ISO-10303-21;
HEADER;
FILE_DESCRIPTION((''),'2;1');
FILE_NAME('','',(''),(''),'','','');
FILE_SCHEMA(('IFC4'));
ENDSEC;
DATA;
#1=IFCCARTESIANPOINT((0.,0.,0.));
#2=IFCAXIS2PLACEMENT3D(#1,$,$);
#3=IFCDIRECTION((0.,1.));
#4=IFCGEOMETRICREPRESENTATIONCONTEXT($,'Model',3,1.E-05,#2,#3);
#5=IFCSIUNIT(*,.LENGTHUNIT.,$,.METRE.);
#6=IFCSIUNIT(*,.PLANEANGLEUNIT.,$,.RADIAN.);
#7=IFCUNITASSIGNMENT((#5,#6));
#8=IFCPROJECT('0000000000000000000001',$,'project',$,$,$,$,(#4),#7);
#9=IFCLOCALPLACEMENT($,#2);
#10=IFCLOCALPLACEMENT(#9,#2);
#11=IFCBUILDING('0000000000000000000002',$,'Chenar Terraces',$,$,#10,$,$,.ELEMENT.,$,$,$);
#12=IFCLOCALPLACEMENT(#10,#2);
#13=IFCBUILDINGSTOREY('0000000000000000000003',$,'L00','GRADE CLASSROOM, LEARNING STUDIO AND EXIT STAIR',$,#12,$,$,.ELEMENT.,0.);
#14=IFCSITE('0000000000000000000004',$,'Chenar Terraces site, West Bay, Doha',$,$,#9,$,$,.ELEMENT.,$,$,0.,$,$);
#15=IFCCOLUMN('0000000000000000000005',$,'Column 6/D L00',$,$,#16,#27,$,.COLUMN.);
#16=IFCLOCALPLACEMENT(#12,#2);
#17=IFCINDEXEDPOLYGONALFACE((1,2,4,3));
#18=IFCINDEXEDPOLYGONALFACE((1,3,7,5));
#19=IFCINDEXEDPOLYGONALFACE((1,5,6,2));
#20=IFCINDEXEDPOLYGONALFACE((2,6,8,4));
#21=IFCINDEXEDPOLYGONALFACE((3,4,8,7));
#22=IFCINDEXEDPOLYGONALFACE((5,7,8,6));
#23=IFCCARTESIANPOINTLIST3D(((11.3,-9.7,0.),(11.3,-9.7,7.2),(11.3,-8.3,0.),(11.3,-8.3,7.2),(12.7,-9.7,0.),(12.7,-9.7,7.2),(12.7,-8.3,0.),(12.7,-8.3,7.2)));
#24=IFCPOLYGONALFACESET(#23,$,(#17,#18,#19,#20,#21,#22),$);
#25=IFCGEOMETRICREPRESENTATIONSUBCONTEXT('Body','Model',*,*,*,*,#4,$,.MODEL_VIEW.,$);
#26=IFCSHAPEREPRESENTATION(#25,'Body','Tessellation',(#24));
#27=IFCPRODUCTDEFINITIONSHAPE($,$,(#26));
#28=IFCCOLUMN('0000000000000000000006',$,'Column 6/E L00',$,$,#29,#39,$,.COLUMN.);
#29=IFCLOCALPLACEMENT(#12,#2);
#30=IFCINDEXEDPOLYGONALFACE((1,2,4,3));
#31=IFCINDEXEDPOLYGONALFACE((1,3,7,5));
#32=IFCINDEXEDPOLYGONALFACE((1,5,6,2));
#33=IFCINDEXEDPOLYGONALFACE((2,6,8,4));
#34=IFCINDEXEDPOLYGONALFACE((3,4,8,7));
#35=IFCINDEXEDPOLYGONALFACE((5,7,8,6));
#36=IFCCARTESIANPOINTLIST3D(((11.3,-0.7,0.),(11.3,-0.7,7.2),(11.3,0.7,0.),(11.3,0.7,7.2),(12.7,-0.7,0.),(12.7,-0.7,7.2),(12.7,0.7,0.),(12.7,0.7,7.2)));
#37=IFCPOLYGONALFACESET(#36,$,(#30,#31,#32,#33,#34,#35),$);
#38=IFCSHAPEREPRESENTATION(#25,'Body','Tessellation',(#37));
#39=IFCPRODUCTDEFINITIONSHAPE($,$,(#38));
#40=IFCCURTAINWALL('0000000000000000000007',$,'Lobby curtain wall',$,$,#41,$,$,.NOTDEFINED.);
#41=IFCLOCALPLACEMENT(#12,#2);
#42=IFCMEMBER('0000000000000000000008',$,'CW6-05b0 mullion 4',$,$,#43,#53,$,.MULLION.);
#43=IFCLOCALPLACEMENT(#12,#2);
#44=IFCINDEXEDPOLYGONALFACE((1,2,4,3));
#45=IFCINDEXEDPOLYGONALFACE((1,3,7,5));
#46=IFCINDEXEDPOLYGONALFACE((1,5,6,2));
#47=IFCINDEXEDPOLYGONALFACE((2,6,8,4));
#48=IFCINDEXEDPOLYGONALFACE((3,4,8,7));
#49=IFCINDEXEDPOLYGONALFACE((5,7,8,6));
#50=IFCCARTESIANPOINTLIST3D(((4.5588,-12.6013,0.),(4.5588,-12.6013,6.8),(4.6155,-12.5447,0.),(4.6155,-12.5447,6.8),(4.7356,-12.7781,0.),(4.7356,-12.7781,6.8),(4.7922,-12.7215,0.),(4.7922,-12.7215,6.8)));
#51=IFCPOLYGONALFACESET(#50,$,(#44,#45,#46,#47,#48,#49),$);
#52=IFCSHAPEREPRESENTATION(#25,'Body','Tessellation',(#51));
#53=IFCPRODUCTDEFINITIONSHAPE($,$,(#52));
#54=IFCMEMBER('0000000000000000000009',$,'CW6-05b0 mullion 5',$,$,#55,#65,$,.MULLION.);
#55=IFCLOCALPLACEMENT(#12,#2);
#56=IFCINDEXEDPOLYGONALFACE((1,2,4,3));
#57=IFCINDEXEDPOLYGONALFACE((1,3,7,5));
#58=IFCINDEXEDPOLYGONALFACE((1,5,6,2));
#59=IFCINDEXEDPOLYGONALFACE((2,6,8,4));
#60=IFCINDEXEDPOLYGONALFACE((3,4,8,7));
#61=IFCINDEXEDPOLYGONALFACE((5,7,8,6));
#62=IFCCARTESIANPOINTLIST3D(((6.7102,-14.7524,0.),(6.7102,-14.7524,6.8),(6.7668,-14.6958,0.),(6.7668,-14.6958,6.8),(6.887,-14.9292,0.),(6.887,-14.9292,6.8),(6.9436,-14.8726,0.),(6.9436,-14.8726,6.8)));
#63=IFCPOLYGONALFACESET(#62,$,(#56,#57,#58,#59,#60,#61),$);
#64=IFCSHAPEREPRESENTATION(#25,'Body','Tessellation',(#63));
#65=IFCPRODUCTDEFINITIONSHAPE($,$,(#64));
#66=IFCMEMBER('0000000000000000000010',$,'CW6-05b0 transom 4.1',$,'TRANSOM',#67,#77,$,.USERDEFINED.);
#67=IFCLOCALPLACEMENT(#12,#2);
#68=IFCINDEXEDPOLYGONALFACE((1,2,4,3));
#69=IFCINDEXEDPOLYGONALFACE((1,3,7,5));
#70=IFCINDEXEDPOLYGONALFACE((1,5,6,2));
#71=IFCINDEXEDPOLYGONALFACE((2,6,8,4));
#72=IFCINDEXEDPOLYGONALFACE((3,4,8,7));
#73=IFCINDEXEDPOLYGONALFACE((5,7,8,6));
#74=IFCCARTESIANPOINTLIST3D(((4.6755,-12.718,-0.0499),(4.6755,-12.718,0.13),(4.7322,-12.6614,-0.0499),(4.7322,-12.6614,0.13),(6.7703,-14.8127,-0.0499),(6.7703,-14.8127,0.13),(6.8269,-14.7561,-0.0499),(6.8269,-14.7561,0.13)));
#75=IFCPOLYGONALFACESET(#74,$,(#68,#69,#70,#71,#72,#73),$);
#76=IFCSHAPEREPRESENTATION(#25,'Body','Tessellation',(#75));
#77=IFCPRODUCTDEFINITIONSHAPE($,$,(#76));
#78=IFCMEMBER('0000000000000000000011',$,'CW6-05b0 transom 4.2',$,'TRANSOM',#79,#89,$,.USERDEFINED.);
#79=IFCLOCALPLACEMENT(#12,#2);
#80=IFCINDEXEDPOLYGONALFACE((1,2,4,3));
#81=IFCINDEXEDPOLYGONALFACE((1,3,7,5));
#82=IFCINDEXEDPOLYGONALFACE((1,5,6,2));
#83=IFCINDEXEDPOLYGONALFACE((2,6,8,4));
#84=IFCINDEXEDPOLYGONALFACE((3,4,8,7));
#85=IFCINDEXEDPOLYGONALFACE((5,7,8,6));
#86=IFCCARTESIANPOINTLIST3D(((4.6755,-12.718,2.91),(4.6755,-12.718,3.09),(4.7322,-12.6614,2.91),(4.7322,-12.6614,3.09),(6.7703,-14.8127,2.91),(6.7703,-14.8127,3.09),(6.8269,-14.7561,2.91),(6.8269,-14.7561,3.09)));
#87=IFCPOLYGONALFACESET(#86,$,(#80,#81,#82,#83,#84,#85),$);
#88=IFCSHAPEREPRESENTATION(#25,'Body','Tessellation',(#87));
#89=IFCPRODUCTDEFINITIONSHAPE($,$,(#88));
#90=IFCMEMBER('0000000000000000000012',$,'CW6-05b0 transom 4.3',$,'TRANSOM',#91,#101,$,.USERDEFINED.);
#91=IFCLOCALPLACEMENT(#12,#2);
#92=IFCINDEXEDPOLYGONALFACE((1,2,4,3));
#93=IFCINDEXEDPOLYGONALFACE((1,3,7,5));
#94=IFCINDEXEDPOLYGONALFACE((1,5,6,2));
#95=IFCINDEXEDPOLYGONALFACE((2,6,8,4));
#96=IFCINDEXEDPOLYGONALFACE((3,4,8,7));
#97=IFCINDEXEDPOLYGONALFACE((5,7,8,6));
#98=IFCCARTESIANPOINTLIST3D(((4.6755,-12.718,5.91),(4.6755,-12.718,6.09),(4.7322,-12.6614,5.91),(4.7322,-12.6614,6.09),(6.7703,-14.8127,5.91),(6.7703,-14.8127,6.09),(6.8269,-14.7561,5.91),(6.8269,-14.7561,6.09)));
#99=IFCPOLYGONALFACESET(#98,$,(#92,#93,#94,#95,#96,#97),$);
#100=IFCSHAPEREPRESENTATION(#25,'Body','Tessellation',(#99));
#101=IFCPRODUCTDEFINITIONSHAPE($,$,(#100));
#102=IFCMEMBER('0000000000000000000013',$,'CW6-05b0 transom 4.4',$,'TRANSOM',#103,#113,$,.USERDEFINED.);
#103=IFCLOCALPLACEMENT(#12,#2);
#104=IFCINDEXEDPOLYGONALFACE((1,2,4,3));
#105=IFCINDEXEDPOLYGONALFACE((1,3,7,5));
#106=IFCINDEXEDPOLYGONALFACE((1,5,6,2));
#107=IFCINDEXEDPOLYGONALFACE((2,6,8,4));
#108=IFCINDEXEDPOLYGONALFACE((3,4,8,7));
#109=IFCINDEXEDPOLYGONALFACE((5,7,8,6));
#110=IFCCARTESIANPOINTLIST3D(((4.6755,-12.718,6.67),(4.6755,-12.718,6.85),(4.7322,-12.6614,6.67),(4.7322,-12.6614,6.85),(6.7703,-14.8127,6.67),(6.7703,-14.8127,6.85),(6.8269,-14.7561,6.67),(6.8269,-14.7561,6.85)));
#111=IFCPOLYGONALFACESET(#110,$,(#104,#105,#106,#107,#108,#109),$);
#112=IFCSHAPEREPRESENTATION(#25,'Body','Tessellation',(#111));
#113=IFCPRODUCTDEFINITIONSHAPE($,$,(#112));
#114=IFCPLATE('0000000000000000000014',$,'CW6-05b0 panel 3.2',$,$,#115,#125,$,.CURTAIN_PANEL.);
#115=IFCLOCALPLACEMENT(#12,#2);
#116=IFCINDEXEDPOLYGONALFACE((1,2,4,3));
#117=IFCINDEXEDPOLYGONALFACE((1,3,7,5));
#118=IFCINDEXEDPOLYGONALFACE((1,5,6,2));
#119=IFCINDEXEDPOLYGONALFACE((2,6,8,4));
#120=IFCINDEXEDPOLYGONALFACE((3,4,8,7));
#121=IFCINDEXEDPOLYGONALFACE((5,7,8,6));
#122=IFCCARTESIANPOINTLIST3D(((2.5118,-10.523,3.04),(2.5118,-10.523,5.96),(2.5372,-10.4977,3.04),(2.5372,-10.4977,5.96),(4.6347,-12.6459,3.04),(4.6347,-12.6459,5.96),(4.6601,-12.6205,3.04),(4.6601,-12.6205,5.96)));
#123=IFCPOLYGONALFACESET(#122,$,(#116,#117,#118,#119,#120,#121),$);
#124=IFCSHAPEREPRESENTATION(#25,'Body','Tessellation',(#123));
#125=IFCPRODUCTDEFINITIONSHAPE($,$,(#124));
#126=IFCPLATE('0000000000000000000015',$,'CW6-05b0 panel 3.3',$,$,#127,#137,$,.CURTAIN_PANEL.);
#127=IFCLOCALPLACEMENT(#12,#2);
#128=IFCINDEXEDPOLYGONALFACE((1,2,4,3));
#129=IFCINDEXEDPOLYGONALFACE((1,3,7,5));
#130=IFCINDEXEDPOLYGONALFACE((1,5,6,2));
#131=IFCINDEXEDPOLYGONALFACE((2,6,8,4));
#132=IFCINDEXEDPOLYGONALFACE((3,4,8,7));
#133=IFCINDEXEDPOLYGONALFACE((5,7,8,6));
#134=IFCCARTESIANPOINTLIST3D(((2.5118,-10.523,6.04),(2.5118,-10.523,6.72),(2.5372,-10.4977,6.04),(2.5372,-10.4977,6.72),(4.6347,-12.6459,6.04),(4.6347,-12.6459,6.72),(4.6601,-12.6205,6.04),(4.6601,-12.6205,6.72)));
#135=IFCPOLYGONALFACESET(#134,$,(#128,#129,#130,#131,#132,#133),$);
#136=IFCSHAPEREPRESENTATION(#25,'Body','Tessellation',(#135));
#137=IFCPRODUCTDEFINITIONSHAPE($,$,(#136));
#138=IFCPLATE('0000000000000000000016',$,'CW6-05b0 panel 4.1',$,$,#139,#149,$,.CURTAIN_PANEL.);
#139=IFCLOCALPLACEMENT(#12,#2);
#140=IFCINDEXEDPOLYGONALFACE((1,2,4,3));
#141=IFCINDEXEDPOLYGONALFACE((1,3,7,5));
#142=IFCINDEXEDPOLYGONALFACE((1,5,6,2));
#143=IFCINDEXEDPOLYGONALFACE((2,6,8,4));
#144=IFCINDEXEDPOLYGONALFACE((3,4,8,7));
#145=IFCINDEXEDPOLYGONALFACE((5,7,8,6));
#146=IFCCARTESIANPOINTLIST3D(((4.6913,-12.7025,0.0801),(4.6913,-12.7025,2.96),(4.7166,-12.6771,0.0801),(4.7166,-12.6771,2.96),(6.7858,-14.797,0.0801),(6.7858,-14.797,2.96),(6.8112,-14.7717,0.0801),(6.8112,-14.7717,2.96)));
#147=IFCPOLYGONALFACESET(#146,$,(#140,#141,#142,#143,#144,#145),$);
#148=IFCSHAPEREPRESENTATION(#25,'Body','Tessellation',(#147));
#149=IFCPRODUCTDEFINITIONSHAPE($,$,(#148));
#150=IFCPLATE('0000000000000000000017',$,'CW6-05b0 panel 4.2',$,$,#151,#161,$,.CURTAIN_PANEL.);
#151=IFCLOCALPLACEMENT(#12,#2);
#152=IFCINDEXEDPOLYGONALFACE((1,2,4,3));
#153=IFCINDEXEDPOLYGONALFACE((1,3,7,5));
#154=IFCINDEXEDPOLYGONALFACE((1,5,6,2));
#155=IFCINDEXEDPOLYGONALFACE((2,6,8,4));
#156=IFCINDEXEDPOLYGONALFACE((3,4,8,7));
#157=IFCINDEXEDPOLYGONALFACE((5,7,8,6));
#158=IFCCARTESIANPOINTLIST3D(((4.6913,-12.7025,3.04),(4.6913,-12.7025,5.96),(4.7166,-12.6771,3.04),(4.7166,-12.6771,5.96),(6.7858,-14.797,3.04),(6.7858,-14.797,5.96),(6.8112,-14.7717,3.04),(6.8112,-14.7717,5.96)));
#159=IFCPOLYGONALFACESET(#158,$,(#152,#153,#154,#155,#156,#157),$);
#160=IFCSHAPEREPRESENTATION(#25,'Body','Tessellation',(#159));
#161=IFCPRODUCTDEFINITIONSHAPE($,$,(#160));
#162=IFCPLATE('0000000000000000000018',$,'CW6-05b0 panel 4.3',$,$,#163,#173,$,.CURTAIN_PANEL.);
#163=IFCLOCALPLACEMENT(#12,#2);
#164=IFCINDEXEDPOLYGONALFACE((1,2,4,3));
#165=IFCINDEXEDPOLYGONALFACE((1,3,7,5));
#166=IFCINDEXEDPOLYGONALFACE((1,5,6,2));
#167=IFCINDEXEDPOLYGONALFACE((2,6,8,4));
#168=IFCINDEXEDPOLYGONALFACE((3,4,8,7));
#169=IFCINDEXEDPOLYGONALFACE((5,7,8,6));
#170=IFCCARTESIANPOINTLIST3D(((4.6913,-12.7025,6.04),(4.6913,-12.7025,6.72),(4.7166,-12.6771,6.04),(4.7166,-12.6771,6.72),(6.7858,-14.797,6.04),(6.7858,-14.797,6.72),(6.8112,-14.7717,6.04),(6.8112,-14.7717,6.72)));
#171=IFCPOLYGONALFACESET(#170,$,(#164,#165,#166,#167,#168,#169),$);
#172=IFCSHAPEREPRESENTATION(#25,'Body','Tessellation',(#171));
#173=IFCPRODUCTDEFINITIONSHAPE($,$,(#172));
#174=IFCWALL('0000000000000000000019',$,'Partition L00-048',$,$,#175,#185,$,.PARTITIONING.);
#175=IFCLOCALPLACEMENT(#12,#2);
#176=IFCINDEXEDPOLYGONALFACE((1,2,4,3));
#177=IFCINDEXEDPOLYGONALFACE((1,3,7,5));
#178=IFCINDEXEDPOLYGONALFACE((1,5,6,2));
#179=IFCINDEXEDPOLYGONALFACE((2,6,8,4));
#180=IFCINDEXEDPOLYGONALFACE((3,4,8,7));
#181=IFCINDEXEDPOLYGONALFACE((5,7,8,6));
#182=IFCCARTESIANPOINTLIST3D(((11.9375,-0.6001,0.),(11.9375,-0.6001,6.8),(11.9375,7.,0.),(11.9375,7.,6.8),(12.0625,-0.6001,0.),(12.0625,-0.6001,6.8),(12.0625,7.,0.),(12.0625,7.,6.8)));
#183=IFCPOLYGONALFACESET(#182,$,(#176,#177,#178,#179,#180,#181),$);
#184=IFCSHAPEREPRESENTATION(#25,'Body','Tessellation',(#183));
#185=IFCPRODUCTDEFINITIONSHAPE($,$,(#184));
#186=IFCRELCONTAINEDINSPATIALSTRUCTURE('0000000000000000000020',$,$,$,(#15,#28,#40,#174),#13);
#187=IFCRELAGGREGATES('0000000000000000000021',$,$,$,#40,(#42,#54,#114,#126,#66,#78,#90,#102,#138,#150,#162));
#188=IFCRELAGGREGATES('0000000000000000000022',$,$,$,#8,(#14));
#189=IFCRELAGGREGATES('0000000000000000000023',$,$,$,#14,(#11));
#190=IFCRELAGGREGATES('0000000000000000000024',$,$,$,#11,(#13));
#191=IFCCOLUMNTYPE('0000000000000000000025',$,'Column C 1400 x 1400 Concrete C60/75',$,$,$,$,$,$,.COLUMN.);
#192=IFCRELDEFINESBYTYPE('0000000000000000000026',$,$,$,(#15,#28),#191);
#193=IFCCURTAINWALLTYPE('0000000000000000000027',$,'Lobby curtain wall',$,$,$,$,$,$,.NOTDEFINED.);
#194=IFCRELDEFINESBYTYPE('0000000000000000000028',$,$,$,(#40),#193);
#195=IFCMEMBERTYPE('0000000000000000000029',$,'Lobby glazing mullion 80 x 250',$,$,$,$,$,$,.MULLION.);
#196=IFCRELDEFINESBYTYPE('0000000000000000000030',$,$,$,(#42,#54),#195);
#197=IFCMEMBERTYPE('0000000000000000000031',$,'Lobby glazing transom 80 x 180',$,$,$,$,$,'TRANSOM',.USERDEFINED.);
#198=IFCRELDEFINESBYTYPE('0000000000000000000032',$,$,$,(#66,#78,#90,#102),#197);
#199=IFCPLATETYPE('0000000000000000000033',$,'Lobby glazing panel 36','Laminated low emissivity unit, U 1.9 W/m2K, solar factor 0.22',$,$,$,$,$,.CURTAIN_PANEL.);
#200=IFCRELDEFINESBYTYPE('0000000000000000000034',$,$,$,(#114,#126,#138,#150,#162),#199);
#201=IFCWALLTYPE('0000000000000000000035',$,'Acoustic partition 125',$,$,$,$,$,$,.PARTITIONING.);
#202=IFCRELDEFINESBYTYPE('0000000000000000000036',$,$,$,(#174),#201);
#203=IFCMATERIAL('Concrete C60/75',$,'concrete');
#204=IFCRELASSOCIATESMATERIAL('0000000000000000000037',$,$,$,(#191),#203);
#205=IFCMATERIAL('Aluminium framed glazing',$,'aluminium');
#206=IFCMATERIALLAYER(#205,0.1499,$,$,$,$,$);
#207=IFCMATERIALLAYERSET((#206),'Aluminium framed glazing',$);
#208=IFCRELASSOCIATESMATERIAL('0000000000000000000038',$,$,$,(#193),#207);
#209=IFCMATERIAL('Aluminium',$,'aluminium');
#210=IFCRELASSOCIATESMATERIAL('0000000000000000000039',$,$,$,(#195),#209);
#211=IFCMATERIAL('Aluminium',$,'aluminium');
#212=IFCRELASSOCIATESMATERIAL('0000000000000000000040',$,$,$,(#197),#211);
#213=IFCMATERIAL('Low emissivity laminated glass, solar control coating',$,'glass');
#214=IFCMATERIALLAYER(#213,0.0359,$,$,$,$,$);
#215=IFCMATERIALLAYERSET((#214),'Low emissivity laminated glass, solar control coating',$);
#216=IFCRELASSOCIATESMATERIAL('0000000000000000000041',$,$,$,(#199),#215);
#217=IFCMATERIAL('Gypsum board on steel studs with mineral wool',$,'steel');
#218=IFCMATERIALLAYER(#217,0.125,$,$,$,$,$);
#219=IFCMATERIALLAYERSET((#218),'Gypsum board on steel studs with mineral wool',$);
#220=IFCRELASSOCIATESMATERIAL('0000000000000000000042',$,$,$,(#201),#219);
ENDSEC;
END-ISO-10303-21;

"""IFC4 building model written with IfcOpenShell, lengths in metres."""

from ifc_helpers import new_model, si_unit, direction, frame, frame_2d, origin, origin_2d, place, context, subcontext, project, spatial, rectangle, extrude, material, layer, layer_set, material_profile, profile_set, type_object, element, aggregate, save


model = new_model("IFC4")

# Units and contexts
model_context = context("Model", 3, precision=1e-05, world=origin(), true_north=direction((0.0, 1.0)))
body_context = subcontext(model_context, "Body", "Model", "MODEL_VIEW")
ifc_project = project(units=[si_unit("LENGTHUNIT", "METRE"), si_unit("PLANEANGLEUNIT", "RADIAN")], contexts=[model_context])

# Site, building, storey
site_placement = place(None, origin())
site = spatial("IfcSite", under=ifc_project, at=site_placement, Name="Chenar Terraces site, West Bay, Doha", CompositionType="ELEMENT", RefElevation=0.0)
building_placement = place(site_placement, origin())
building = spatial("IfcBuilding", under=site, at=building_placement, Name="Chenar Terraces", CompositionType="ELEMENT")
storey_placement = place(building_placement, origin())
storey = spatial("IfcBuildingStorey", under=building, at=storey_placement, Name="L00", Description="GRADE CLASSROOM, LEARNING STUDIO AND EXIT STAIR", CompositionType="ELEMENT", Elevation=0.0)

# Columns
ifc_material_1 = material(Name="Concrete C60/75", Category="concrete")
ifc_material_profile_1 = material_profile(ifc_material_1, rectangle(XDim=1.3999, YDim=1.3999, at=origin_2d()), Name="C 1400 x 1400")
ifc_profile_set_1 = profile_set([ifc_material_profile_1], Name="Concrete C60/75")
column_type = type_object("IfcColumnType", Name="Column C 1400 x 1400 Concrete C60/75", PredefinedType="COLUMN", material=ifc_profile_set_1)
for number, where, z_axis, x_axis, name in (
    (1, (12.0, -9.0, 0.0), (0.0, 0.0, 1.0), (1.0, 0.0, 0.0), "Column 6/D L00"),
    (2, (12.0, 0.0, 0.0), (0.0, 0.0, 1.0), (1.0, 0.0, 0.0), "Column 6/E L00"),
):
    element("IfcColumn", number, at=place(storey_placement, frame(where, z_axis=z_axis, x_axis=x_axis)), inside=storey, type_object=column_type, Name=name, PredefinedType="COLUMN", context=body_context, shape_type="SweptSolid", body=[
        extrude(rectangle(XDim=1.3999, YDim=1.3999, at=origin_2d()), origin(), (0.0, 0.0, 1.0), 7.2),
    ])

# Curtain wall, members, plates
ifc_material_2 = material(Name="Aluminium framed glazing", Category="aluminium")
ifc_layer_1 = layer(ifc_material_2, 0.1499)
ifc_layer_set_1 = layer_set([ifc_layer_1], Name="Aluminium framed glazing")
curtain_wall_type = type_object("IfcCurtainWallType", Name="Lobby curtain wall", PredefinedType="NOTDEFINED", material=ifc_layer_set_1)
curtain_wall_placement = place(storey_placement, origin())
curtain_wall = element("IfcCurtainWall", 3, at=curtain_wall_placement, inside=storey, type_object=curtain_wall_type, Name="Lobby curtain wall", PredefinedType="NOTDEFINED")
ifc_material_3 = material(Name="Aluminium", Category="aluminium")
ifc_material_profile_2 = material_profile(ifc_material_3, rectangle(XDim=0.0801, YDim=0.25, at=origin_2d()), Name="Lobby glazing mullion 80 x 250")
ifc_profile_set_2 = profile_set([ifc_material_profile_2], Name="Aluminium")
member_type_1 = type_object("IfcMemberType", Name="Lobby glazing mullion 80 x 250", PredefinedType="MULLION", material=ifc_profile_set_2)
member_1_placement = place(storey_placement, frame((4.6755, -12.6614, 0.0), z_axis=(0.0, 0.0, 1.0), x_axis=(0.707107, 0.707107, 0.0)))
member_1 = element("IfcMember", 4, at=member_1_placement, type_object=member_type_1, Name="CW6-05b0 mullion 4", PredefinedType="MULLION", context=body_context, shape_type="SweptSolid", body=[
    extrude(rectangle(XDim=0.0801, YDim=0.25, at=origin_2d()), origin(), (0.0, 0.0, 1.0), 6.8),
])
member_2_placement = place(storey_placement, frame((6.8269, -14.8125, 0.0), z_axis=(0.0, 0.0, 1.0), x_axis=(0.707107, 0.707107, 0.0)))
member_2 = element("IfcMember", 5, at=member_2_placement, type_object=member_type_1, Name="CW6-05b0 mullion 5", PredefinedType="MULLION", context=body_context, shape_type="SweptSolid", body=[
    extrude(rectangle(XDim=0.0801, YDim=0.25, at=origin_2d()), origin(), (0.0, 0.0, 1.0), 6.8),
])
ifc_material_4 = material(Name="Aluminium", Category="aluminium")
ifc_material_profile_3 = material_profile(ifc_material_4, rectangle(XDim=0.0801, YDim=0.1799, at=origin_2d()), Name="Lobby glazing transom 80 x 180")
ifc_profile_set_3 = profile_set([ifc_material_profile_3], Name="Aluminium")
member_type_2 = type_object("IfcMemberType", Name="Lobby glazing transom 80 x 180", ElementType="TRANSOM", PredefinedType="USERDEFINED", material=ifc_profile_set_3)
member_3_placement = place(storey_placement, frame((4.7039, -12.6897, 0.04), z_axis=(0.707107, -0.707107, 0.0), x_axis=(0.707107, 0.707107, 0.0)))
member_3 = element("IfcMember", 6, at=member_3_placement, type_object=member_type_2, Name="CW6-05b0 transom 4.1", ObjectType="TRANSOM", PredefinedType="USERDEFINED", context=body_context, shape_type="SweptSolid", body=[
    extrude(rectangle(XDim=0.0801, YDim=0.1799, at=origin_2d()), origin(), (0.0, 0.0, 1.0), 2.9624),
])
member_4_placement = place(storey_placement, frame((4.7039, -12.6897, 3.0), z_axis=(0.707107, -0.707107, 0.0), x_axis=(0.707107, 0.707107, 0.0)))
member_4 = element("IfcMember", 7, at=member_4_placement, type_object=member_type_2, Name="CW6-05b0 transom 4.2", ObjectType="TRANSOM", PredefinedType="USERDEFINED", context=body_context, shape_type="SweptSolid", body=[
    extrude(rectangle(XDim=0.0801, YDim=0.1799, at=origin_2d()), origin(), (0.0, 0.0, 1.0), 2.9624),
])
member_5_placement = place(storey_placement, frame((4.7039, -12.6897, 6.0), z_axis=(0.707107, -0.707107, 0.0), x_axis=(0.707107, 0.707107, 0.0)))
member_5 = element("IfcMember", 8, at=member_5_placement, type_object=member_type_2, Name="CW6-05b0 transom 4.3", ObjectType="TRANSOM", PredefinedType="USERDEFINED", context=body_context, shape_type="SweptSolid", body=[
    extrude(rectangle(XDim=0.0801, YDim=0.1799, at=origin_2d()), origin(), (0.0, 0.0, 1.0), 2.9624),
])
member_6_placement = place(storey_placement, frame((4.7039, -12.6897, 6.76), z_axis=(0.707107, -0.707107, 0.0), x_axis=(0.707107, 0.707107, 0.0)))
member_6 = element("IfcMember", 9, at=member_6_placement, type_object=member_type_2, Name="CW6-05b0 transom 4.4", ObjectType="TRANSOM", PredefinedType="USERDEFINED", context=body_context, shape_type="SweptSolid", body=[
    extrude(rectangle(XDim=0.0801, YDim=0.1799, at=origin_2d()), origin(), (0.0, 0.0, 1.0), 2.9624),
])
ifc_material_5 = material(Name="Low emissivity laminated glass, solar control coating", Category="glass")
ifc_layer_2 = layer(ifc_material_5, 0.0359)
ifc_layer_set_2 = layer_set([ifc_layer_2], Name="Low emissivity laminated glass, solar control coating")
plate_type = type_object("IfcPlateType", Name="Lobby glazing panel 36", Description="Laminated low emissivity unit, U 1.9 W/m2K, solar factor 0.22", PredefinedType="CURTAIN_PANEL", material=ifc_layer_set_2)
plate_1_placement = place(storey_placement, frame((3.5859, -11.5718, 3.04), z_axis=(0.0, 0.0, 1.0), x_axis=(0.707107, -0.707107, 0.0)))
plate_1 = element("IfcPlate", 10, at=plate_1_placement, type_object=plate_type, Name="CW6-05b0 panel 3.2", PredefinedType="CURTAIN_PANEL", context=body_context, shape_type="SweptSolid", body=[
    extrude(rectangle(XDim=3.0022, YDim=0.0359, at=origin_2d()), origin(), (0.0, 0.0, 1.0), 2.9199),
])
plate_2_placement = place(storey_placement, frame((3.5859, -11.5718, 6.04), z_axis=(0.0, 0.0, 1.0), x_axis=(0.707107, -0.707107, 0.0)))
plate_2 = element("IfcPlate", 11, at=plate_2_placement, type_object=plate_type, Name="CW6-05b0 panel 3.3", PredefinedType="CURTAIN_PANEL", context=body_context, shape_type="SweptSolid", body=[
    extrude(rectangle(XDim=3.0022, YDim=0.0359, at=origin_2d()), origin(), (0.0, 0.0, 1.0), 0.6799),
])
plate_3_placement = place(storey_placement, frame((5.7512, -13.7371, 0.0801), z_axis=(0.0, 0.0, 1.0), x_axis=(0.707107, -0.707107, 0.0)))
plate_3 = element("IfcPlate", 12, at=plate_3_placement, type_object=plate_type, Name="CW6-05b0 panel 4.1", PredefinedType="CURTAIN_PANEL", context=body_context, shape_type="SweptSolid", body=[
    extrude(rectangle(XDim=2.9622, YDim=0.0359, at=origin_2d()), origin(), (0.0, 0.0, 1.0), 2.8799),
])
plate_4_placement = place(storey_placement, frame((5.7512, -13.7371, 3.04), z_axis=(0.0, 0.0, 1.0), x_axis=(0.707107, -0.707107, 0.0)))
plate_4 = element("IfcPlate", 13, at=plate_4_placement, type_object=plate_type, Name="CW6-05b0 panel 4.2", PredefinedType="CURTAIN_PANEL", context=body_context, shape_type="SweptSolid", body=[
    extrude(rectangle(XDim=2.9622, YDim=0.0359, at=origin_2d()), origin(), (0.0, 0.0, 1.0), 2.9199),
])
plate_5_placement = place(storey_placement, frame((5.7512, -13.7371, 6.04), z_axis=(0.0, 0.0, 1.0), x_axis=(0.707107, -0.707107, 0.0)))
plate_5 = element("IfcPlate", 14, at=plate_5_placement, type_object=plate_type, Name="CW6-05b0 panel 4.3", PredefinedType="CURTAIN_PANEL", context=body_context, shape_type="SweptSolid", body=[
    extrude(rectangle(XDim=2.9622, YDim=0.0359, at=origin_2d()), origin(), (0.0, 0.0, 1.0), 0.6799),
])
aggregate(curtain_wall, [member_1, member_2, plate_1, plate_2, member_3, member_4, member_5, member_6, plate_3, plate_4, plate_5])

# Wall
ifc_material_6 = material(Name="Gypsum board on steel studs with mineral wool", Category="steel")
ifc_layer_3 = layer(ifc_material_6, 0.125)
ifc_layer_set_3 = layer_set([ifc_layer_3], Name="Gypsum board on steel studs with mineral wool")
wall_type_1 = type_object("IfcWallType", Name="Acoustic partition 125", PredefinedType="PARTITIONING", material=ifc_layer_set_3)
wall_1_placement = place(storey_placement, frame((12.0, -0.6001, 0.0), z_axis=(0.0, 0.0, 1.0), x_axis=(0.0, 1.0, 0.0)))
element("IfcWall", 15, at=wall_1_placement, inside=storey, type_object=wall_type_1, Name="Partition L00-048", PredefinedType="PARTITIONING", context=body_context, shape_type="SweptSolid", body=[
    extrude(rectangle(XDim=7.6001, YDim=0.125, at=frame_2d((3.8, 0.0))), origin(), (0.0, 0.0, 1.0), 6.8),
])

save(model, "model.ifc")
